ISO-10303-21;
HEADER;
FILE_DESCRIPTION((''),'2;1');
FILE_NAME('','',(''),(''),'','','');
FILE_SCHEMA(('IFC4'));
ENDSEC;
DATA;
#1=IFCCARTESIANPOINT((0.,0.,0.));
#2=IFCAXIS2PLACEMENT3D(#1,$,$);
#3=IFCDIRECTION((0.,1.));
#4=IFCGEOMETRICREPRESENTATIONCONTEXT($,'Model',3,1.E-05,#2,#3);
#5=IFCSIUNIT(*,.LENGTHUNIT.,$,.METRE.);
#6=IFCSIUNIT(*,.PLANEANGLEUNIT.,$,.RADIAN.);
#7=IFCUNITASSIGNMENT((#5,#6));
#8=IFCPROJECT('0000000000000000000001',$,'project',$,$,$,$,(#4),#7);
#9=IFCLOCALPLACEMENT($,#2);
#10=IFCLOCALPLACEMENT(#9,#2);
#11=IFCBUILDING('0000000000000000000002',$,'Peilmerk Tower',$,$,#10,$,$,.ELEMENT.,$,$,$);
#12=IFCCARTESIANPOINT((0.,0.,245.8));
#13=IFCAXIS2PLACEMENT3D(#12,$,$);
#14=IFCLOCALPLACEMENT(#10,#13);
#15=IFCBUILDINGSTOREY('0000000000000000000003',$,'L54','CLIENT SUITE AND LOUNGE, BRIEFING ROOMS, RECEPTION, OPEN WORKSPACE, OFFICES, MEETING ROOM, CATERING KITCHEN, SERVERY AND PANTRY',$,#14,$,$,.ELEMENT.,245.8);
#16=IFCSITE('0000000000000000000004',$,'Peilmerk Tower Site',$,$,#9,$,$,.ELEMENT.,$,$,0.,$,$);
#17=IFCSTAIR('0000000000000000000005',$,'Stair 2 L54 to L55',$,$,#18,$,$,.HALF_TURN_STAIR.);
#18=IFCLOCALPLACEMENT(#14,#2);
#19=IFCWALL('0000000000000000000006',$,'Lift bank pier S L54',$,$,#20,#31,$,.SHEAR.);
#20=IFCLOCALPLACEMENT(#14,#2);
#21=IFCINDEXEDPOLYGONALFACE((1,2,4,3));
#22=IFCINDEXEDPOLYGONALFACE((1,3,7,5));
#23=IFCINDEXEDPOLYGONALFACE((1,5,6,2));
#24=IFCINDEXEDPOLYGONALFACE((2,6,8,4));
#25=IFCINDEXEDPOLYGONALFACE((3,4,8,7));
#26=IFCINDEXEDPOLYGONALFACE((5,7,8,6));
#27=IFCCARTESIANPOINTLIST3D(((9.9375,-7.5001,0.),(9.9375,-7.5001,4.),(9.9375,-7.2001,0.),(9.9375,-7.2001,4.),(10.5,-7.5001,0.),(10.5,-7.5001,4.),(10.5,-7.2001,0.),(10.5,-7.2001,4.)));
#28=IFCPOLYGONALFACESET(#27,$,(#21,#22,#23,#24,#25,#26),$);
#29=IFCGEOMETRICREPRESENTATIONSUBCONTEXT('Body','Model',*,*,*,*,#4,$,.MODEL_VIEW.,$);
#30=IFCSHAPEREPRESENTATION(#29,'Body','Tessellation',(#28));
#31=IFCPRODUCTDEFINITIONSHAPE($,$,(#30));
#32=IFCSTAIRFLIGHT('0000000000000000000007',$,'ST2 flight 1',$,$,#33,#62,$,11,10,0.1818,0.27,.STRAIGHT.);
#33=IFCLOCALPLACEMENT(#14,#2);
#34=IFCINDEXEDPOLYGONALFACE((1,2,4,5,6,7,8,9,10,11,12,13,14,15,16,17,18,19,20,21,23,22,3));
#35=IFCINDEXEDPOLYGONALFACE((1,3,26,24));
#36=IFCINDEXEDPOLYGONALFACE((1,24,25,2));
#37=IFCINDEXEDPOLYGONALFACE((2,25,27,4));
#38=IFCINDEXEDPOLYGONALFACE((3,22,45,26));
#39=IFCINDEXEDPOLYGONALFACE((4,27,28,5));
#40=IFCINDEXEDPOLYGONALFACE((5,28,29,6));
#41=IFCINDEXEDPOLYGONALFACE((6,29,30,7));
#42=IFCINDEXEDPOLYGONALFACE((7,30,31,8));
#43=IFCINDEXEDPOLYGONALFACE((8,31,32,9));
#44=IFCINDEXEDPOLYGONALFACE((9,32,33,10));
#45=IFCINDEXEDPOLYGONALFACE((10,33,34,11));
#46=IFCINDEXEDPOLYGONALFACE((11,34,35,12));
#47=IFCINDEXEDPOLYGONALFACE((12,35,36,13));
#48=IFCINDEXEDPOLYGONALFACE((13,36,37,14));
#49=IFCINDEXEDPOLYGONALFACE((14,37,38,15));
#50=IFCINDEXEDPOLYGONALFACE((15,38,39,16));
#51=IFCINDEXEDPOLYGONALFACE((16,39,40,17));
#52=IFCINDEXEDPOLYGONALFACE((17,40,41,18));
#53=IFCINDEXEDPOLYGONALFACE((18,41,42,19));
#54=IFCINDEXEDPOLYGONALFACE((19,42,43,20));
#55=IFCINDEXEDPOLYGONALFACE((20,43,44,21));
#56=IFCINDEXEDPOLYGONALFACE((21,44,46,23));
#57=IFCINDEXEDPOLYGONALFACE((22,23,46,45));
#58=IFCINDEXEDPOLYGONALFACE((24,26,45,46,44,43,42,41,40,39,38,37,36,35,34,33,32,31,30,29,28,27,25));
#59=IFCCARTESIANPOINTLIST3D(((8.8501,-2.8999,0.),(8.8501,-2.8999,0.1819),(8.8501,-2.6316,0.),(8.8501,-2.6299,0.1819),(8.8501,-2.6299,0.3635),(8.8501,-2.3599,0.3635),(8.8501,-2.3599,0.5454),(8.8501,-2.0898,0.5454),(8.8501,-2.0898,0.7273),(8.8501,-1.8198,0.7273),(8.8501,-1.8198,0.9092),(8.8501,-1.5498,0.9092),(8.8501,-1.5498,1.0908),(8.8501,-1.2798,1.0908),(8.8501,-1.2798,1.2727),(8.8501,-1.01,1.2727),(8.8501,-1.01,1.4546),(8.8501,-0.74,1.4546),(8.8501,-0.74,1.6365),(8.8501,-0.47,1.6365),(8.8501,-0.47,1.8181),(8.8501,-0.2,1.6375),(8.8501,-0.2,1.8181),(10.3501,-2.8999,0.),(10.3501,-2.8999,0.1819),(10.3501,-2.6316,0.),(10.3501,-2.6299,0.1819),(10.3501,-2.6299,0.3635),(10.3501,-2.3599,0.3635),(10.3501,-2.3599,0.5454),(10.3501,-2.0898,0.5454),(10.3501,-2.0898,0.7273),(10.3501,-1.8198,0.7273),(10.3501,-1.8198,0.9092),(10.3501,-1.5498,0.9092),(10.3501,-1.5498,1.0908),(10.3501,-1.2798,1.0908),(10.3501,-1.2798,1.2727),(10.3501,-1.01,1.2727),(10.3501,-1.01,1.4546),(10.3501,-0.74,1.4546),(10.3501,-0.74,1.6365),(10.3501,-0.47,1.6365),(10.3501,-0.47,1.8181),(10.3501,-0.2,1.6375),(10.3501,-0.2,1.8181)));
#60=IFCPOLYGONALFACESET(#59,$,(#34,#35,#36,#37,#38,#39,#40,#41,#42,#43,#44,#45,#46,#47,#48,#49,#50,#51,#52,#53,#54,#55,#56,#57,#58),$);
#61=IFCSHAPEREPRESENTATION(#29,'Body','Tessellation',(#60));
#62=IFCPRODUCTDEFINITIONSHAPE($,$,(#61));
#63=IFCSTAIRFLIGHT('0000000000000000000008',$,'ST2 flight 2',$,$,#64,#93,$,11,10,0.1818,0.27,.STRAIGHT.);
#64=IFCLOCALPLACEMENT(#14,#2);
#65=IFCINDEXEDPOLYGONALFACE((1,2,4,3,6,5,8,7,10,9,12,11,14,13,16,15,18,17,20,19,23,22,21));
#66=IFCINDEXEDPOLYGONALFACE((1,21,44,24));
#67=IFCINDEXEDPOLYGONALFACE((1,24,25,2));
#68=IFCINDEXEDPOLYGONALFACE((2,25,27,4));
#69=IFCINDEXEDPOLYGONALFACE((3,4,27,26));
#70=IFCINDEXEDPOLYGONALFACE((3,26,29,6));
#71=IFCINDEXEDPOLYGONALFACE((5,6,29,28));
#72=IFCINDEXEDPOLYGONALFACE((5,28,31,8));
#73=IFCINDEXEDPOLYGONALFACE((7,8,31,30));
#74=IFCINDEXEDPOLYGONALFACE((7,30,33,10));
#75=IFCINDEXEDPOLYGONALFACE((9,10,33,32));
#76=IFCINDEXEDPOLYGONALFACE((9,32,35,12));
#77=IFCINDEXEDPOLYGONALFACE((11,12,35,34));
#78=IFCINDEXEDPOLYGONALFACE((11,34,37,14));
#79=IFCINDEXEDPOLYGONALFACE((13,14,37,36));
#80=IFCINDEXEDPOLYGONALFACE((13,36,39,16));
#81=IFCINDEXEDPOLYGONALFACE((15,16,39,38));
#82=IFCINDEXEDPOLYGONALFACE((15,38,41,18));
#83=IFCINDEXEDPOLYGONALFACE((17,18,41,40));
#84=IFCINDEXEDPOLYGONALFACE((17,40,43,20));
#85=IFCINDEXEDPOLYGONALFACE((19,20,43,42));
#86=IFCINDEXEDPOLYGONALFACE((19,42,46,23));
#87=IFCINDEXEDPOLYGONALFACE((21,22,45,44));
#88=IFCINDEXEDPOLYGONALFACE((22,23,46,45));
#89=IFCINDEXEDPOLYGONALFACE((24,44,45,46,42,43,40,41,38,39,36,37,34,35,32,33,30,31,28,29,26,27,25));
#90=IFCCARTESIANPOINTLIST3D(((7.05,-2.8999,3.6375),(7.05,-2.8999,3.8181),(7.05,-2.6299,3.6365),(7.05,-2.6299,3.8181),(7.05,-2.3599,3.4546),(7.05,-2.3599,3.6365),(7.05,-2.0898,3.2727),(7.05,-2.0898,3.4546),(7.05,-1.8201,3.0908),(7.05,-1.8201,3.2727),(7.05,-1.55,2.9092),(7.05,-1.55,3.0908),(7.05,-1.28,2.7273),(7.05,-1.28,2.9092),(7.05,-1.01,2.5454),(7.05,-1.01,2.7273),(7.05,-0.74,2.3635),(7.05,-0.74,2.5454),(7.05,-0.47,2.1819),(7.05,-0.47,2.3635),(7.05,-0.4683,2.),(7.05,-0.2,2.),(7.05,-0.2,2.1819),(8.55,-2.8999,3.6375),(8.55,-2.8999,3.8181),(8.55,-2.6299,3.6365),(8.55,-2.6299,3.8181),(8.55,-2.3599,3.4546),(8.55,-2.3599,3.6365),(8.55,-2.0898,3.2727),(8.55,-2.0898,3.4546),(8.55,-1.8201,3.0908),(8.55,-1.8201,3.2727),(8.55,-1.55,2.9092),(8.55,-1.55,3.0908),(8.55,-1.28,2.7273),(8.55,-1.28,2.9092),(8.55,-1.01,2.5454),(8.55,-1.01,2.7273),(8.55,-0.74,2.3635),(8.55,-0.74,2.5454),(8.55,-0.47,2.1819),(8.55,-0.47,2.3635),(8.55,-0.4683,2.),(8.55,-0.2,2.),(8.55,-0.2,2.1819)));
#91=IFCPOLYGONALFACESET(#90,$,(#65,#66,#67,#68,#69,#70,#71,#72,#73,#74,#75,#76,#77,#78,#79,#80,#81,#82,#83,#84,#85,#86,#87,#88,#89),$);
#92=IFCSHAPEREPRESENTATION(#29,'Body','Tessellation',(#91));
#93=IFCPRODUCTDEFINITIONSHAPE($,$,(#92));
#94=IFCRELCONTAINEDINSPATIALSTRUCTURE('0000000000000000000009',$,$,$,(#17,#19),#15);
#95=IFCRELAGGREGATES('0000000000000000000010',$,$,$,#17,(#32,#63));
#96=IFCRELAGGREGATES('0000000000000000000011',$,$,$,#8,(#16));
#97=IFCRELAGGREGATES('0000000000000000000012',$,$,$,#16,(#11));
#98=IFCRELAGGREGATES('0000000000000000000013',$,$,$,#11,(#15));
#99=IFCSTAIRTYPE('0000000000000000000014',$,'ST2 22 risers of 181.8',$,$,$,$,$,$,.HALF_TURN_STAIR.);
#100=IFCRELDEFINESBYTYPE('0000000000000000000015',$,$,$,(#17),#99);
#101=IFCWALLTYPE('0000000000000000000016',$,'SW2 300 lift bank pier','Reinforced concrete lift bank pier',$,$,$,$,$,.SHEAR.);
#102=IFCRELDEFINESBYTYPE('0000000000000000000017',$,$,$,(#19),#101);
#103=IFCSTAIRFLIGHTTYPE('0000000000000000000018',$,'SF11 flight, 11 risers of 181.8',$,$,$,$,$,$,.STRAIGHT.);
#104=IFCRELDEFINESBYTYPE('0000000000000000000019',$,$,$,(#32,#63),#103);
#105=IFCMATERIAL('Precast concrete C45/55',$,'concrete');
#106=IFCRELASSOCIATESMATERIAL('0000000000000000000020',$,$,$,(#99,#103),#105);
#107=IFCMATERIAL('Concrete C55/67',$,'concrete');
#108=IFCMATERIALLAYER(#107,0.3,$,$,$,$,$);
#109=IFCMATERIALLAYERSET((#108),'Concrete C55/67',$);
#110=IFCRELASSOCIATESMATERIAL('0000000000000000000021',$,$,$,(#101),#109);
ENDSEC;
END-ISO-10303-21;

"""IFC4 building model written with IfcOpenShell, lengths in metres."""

from ifc_helpers import new_model, si_unit, direction, frame, frame_2d, origin, place, context, subcontext, project, spatial, polyline, rectangle, outline, extrude, material, layer, layer_set, type_object, element, aggregate, save


model = new_model("IFC4")

# Units and contexts
model_context = context("Model", 3, precision=1e-05, world=origin(), true_north=direction((0.0, 1.0)))
body_context = subcontext(model_context, "Body", "Model", "MODEL_VIEW")
ifc_project = project(units=[si_unit("LENGTHUNIT", "METRE"), si_unit("PLANEANGLEUNIT", "RADIAN")], contexts=[model_context])

# Site, building, storey
site_placement = place(None, origin())
site = spatial("IfcSite", under=ifc_project, at=site_placement, Name="Peilmerk Tower Site", CompositionType="ELEMENT", RefElevation=0.0)
building_placement = place(site_placement, origin())
building = spatial("IfcBuilding", under=site, at=building_placement, Name="Peilmerk Tower", CompositionType="ELEMENT")
storey_placement = place(building_placement, frame((0.0, 0.0, 245.8)))
storey = spatial("IfcBuildingStorey", under=building, at=storey_placement, Name="L54", Description="CLIENT SUITE AND LOUNGE, BRIEFING ROOMS, RECEPTION, OPEN WORKSPACE, OFFICES, MEETING ROOM, CATERING KITCHEN, SERVERY AND PANTRY", CompositionType="ELEMENT", Elevation=245.8)

# Stair
ifc_material_1 = material(Name="Precast concrete C45/55", Category="concrete")
stair_type_1 = type_object("IfcStairType", Name="ST2 22 risers of 181.8", PredefinedType="HALF_TURN_STAIR", material=ifc_material_1)
stair_1_placement = place(storey_placement, origin())
stair_1 = element("IfcStair", 1, at=stair_1_placement, inside=storey, type_object=stair_type_1, Name="Stair 2 L54 to L55", PredefinedType="HALF_TURN_STAIR")

# Wall
ifc_material_2 = material(Name="Concrete C55/67", Category="concrete")
ifc_layer_1 = layer(ifc_material_2, 0.3)
ifc_layer_set_1 = layer_set([ifc_layer_1], Name="Concrete C55/67")
wall_type_1 = type_object("IfcWallType", Name="SW2 300 lift bank pier", Description="Reinforced concrete lift bank pier", PredefinedType="SHEAR", material=ifc_layer_set_1)
wall_1_placement = place(storey_placement, frame((9.9375, -7.3501, 0.0), z_axis=(0.0, 0.0, 1.0), x_axis=(1.0, 0.0, 0.0)))
element("IfcWall", 2, at=wall_1_placement, inside=storey, type_object=wall_type_1, Name="Lift bank pier S L54", PredefinedType="SHEAR", context=body_context, shape_type="SweptSolid", body=[
    extrude(rectangle(XDim=0.5625, YDim=0.3, at=frame_2d((0.2812, 0.0))), origin(), (0.0, 0.0, 1.0), 4.0),
])

# Stair flights
stair_flight_type = type_object("IfcStairFlightType", Name="SF11 flight, 11 risers of 181.8", PredefinedType="STRAIGHT", material=ifc_material_1)
stair_flight_1_placement = place(storey_placement, frame((9.6001, -2.8999, 0.0), z_axis=(0.0, 0.0, 1.0), x_axis=(0.0, 1.0, 0.0)))
stair_flight_1 = element("IfcStairFlight", 3, at=stair_flight_1_placement, type_object=stair_flight_type, Name="ST2 flight 1", NumberOfRisers=11, NumberOfTreads=10, PredefinedType="STRAIGHT", RiserHeight=0.1818, TreadLength=0.27, context=body_context, shape_type="SweptSolid", body=[
    extrude(outline(polyline([(0.0, 0.0), (0.0, 0.1819), (0.27, 0.1819), (0.27, 0.3635), (0.54, 0.3635), (0.54, 0.5454), (0.8101, 0.5454), (0.8101, 0.7273), (1.0801, 0.7273), (1.0801, 0.9092), (1.3501, 0.9092), (1.3501, 1.0908), (1.6201, 1.0908), (1.6201, 1.2727), (1.8899, 1.2727), (1.8899, 1.4546), (2.1599, 1.4546), (2.1599, 1.6365), (2.4299, 1.6365), (2.4299, 1.8181), (2.7, 1.8181), (2.7, 2.0), (2.7, 1.6375), (0.2683, 0.0), (0.0, 0.0)])), frame((0.0, 0.75, 0.0), z_axis=(0.0, -1.0, 0.0), x_axis=(1.0, 0.0, 0.0)), (0.0, 0.0, 1.0), 1.5),
])
stair_flight_2_placement = place(storey_placement, frame((7.8, -0.2, 2.0), z_axis=(0.0, 0.0, 1.0), x_axis=(0.0, -1.0, 0.0)))
stair_flight_2 = element("IfcStairFlight", 4, at=stair_flight_2_placement, type_object=stair_flight_type, Name="ST2 flight 2", NumberOfRisers=11, NumberOfTreads=10, PredefinedType="STRAIGHT", RiserHeight=0.1818, TreadLength=0.27, context=body_context, shape_type="SweptSolid", body=[
    extrude(outline(polyline([(0.0, 0.0), (0.0, 0.1819), (0.27, 0.1819), (0.27, 0.3635), (0.54, 0.3635), (0.54, 0.5454), (0.8101, 0.5454), (0.8101, 0.7273), (1.0801, 0.7273), (1.0801, 0.9092), (1.3501, 0.9092), (1.3501, 1.0908), (1.6201, 1.0908), (1.6201, 1.2727), (1.8899, 1.2727), (1.8899, 1.4546), (2.1599, 1.4546), (2.1599, 1.6365), (2.4299, 1.6365), (2.4299, 1.8181), (2.7, 1.8181), (2.7, 2.0), (2.7, 1.6375), (0.2683, 0.0), (0.0, 0.0)])), frame((0.0, 0.75, 0.0), z_axis=(0.0, -1.0, 0.0), x_axis=(1.0, 0.0, 0.0)), (0.0, 0.0, 1.0), 1.5),
])
aggregate(stair_1, [stair_flight_1, stair_flight_2])

save(model, "model.ifc")
